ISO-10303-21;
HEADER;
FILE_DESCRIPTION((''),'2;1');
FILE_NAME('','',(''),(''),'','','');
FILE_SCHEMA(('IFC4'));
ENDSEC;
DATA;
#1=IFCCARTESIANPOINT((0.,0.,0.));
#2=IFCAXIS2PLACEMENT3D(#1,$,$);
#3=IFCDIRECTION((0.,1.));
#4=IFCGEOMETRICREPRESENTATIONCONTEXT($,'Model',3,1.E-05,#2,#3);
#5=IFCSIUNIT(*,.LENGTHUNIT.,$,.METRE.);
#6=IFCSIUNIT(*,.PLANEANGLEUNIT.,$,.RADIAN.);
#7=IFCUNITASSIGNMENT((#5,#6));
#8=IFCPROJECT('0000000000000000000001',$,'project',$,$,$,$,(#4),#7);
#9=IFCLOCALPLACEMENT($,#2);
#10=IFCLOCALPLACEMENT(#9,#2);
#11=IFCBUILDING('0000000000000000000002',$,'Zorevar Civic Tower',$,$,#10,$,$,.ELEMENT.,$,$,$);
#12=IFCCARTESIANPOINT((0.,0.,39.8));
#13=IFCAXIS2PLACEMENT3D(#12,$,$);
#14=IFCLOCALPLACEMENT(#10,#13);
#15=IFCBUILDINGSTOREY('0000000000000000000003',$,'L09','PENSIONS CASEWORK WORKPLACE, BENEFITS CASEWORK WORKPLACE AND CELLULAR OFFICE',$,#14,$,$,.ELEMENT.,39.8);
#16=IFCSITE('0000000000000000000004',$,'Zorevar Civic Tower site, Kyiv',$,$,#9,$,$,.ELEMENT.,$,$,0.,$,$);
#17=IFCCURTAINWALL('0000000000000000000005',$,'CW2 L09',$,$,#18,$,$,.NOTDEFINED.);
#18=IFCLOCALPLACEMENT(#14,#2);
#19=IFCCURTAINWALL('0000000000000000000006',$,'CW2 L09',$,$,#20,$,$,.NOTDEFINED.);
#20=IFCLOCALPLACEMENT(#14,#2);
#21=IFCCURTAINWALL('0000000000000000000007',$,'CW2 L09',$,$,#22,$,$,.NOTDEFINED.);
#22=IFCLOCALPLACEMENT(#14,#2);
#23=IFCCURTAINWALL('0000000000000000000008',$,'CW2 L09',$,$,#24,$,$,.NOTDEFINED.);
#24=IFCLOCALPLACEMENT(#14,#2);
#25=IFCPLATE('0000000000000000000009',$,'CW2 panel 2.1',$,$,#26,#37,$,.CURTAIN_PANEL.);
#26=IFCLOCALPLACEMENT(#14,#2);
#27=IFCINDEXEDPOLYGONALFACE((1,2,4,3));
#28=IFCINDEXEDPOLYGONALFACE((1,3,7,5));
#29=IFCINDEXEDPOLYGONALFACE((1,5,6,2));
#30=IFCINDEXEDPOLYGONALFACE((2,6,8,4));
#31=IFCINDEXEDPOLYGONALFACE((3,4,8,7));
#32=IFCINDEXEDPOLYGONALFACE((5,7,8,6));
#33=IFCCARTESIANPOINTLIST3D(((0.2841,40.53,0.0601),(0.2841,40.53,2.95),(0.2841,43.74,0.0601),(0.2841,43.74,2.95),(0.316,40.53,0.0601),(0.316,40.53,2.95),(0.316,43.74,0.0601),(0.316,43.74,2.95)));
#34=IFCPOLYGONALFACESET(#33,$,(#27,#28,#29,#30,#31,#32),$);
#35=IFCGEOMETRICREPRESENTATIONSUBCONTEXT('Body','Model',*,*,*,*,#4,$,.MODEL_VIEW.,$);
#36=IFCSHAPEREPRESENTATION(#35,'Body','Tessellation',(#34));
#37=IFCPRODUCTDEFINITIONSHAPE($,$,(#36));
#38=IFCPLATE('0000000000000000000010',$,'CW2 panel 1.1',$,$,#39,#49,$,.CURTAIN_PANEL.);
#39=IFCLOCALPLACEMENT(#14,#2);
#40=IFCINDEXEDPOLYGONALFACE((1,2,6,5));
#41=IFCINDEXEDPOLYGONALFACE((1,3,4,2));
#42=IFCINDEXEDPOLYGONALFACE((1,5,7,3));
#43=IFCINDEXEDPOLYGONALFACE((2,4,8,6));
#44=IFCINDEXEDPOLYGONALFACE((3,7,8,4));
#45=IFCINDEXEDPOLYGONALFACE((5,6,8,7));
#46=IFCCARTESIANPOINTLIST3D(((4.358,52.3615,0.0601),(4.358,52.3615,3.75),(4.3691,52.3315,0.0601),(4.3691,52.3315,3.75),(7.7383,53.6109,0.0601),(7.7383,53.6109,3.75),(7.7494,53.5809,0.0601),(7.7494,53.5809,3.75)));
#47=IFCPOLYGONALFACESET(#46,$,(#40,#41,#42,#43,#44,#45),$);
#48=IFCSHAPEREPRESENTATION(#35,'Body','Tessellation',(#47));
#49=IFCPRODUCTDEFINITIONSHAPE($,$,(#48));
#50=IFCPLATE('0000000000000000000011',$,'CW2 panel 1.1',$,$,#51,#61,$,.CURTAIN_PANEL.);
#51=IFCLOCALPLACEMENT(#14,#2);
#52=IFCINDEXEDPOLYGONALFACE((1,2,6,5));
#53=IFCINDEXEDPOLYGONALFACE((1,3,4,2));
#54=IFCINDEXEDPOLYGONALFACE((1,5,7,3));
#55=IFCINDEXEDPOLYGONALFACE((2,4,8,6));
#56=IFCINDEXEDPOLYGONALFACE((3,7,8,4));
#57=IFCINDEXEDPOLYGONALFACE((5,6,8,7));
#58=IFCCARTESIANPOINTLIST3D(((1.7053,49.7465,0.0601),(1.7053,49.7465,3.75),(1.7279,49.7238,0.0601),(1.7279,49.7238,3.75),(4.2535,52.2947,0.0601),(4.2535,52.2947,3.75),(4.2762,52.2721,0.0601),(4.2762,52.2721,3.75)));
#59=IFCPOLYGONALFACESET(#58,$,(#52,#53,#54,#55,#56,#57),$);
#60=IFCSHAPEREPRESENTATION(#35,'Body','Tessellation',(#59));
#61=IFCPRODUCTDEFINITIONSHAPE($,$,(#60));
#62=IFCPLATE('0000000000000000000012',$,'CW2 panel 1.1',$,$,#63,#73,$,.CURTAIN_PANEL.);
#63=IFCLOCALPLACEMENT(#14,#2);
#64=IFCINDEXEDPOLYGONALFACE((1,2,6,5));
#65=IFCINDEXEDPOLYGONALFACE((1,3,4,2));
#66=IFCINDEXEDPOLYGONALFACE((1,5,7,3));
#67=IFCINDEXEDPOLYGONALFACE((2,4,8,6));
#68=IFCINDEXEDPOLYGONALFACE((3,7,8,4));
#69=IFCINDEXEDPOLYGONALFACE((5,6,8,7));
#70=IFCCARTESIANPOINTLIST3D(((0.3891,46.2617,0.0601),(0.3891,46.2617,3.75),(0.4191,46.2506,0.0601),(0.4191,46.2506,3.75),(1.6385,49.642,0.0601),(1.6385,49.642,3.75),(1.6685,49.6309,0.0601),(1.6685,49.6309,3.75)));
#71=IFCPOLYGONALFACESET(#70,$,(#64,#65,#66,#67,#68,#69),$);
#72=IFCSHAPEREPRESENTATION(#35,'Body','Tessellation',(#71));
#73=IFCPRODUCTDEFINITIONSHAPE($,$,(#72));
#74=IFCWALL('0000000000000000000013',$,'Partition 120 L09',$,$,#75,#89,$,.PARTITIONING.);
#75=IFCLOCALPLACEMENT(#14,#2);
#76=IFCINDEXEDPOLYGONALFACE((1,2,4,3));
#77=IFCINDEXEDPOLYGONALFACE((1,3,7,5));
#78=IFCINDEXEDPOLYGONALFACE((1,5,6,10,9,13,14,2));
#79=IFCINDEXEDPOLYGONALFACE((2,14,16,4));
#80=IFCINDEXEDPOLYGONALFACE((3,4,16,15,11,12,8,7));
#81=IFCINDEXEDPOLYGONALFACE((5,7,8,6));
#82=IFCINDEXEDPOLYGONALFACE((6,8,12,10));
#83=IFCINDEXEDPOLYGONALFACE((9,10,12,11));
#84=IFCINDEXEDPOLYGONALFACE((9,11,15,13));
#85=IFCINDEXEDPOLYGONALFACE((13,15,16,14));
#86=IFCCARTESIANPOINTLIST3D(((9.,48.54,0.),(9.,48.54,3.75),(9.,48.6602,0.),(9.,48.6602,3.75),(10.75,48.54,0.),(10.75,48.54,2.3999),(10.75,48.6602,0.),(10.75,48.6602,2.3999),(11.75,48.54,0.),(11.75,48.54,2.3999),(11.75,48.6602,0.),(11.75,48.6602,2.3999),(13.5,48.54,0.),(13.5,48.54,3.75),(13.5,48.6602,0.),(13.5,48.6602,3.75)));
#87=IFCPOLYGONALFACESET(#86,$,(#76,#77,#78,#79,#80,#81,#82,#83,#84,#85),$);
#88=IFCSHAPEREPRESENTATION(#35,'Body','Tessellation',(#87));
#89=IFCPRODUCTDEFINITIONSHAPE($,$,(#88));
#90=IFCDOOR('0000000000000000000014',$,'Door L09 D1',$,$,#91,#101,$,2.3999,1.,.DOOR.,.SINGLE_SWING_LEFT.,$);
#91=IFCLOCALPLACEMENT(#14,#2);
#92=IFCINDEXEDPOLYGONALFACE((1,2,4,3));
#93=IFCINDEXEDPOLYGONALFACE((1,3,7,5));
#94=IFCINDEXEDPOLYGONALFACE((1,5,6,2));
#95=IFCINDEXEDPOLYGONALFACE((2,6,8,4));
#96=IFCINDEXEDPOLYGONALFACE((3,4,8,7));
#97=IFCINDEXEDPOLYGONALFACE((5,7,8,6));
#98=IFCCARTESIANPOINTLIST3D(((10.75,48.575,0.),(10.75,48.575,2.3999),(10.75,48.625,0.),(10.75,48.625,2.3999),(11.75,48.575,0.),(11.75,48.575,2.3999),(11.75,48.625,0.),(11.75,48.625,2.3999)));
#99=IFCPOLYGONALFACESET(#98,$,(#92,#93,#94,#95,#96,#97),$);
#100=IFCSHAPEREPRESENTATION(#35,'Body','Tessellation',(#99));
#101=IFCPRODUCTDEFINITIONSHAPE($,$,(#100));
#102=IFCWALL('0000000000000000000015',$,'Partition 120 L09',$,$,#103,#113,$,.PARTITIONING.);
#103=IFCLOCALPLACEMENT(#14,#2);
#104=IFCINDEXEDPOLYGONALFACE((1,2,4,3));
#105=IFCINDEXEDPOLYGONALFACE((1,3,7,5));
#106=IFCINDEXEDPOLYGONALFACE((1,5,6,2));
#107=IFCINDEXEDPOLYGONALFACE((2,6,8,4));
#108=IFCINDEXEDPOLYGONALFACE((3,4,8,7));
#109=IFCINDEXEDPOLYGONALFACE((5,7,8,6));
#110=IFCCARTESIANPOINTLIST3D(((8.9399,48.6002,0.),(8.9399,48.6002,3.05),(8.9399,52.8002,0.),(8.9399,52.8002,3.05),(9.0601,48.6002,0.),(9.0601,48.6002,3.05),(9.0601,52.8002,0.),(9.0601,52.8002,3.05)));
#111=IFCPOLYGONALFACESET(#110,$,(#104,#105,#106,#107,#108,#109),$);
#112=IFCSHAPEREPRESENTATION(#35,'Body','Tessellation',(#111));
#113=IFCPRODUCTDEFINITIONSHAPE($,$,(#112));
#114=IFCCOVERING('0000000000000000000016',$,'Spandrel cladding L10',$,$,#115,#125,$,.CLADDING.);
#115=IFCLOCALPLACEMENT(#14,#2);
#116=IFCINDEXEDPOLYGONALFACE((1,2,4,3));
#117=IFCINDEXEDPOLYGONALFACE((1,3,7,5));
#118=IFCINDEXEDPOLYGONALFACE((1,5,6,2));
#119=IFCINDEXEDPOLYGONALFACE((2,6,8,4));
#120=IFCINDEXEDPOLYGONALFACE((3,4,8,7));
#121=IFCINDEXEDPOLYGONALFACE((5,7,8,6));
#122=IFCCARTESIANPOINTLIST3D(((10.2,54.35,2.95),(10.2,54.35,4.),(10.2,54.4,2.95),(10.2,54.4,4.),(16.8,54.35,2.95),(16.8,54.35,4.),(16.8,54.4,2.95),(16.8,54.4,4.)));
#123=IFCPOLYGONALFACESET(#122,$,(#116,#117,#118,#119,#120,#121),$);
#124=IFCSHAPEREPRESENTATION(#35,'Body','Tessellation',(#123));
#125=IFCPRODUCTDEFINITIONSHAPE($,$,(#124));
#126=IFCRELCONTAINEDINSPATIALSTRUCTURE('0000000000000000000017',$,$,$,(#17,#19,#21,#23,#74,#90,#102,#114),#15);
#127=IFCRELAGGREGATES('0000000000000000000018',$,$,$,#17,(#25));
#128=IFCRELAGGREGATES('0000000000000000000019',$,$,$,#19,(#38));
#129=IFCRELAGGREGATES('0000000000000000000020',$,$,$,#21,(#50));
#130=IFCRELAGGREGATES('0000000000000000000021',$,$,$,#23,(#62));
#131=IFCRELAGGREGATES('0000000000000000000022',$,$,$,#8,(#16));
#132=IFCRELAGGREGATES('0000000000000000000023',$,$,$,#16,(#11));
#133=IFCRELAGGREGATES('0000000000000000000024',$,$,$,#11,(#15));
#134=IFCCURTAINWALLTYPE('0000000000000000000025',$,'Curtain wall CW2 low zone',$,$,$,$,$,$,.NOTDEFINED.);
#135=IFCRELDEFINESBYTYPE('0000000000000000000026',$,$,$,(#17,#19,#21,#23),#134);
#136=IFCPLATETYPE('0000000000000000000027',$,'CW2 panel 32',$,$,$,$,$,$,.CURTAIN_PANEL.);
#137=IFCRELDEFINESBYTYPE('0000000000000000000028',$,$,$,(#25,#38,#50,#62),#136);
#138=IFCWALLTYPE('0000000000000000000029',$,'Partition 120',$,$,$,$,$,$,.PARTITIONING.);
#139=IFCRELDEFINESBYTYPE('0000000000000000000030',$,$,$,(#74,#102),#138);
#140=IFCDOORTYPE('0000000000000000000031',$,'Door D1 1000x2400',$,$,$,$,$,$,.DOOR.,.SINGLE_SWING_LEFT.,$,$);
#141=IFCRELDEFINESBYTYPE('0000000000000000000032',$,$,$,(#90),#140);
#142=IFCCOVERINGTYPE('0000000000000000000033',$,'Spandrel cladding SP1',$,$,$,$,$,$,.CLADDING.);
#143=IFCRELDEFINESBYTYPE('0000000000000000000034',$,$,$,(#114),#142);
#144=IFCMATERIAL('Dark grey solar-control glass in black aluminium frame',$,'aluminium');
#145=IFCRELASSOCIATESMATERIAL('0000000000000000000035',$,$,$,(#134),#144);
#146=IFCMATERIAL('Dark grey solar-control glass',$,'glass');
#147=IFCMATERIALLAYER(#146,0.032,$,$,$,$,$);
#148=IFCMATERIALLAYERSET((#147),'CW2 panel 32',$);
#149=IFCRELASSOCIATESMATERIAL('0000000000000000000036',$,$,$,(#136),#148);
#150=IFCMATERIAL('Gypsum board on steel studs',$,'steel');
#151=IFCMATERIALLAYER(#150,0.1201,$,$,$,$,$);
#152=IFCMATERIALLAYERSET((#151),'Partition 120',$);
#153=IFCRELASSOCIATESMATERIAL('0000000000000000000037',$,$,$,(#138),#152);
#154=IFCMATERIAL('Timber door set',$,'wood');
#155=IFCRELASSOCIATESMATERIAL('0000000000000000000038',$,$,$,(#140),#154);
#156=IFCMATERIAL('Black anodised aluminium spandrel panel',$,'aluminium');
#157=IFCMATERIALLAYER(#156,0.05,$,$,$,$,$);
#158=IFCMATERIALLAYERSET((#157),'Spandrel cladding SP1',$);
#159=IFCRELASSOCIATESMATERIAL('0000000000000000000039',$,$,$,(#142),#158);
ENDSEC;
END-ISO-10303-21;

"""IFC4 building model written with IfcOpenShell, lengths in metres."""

from ifc_helpers import new_model, si_unit, direction, frame, frame_2d, origin, origin_2d, place, context, subcontext, project, spatial, rectangle, extrude, material, layer, layer_set, type_object, element, fill, aggregate, save


model = new_model("IFC4")

# Units and contexts
model_context = context("Model", 3, precision=1e-05, world=origin(), true_north=direction((0.0, 1.0)))
body_context = subcontext(model_context, "Body", "Model", "MODEL_VIEW")
ifc_project = project(units=[si_unit("LENGTHUNIT", "METRE"), si_unit("PLANEANGLEUNIT", "RADIAN")], contexts=[model_context])

# Site, building, storey
site_placement = place(None, origin())
site = spatial("IfcSite", under=ifc_project, at=site_placement, Name="Zorevar Civic Tower site, Kyiv", CompositionType="ELEMENT", RefElevation=0.0)
building_placement = place(site_placement, origin())
building = spatial("IfcBuilding", under=site, at=building_placement, Name="Zorevar Civic Tower", CompositionType="ELEMENT")
storey_placement = place(building_placement, frame((0.0, 0.0, 39.8)))
storey = spatial("IfcBuildingStorey", under=building, at=storey_placement, Name="L09", Description="PENSIONS CASEWORK WORKPLACE, BENEFITS CASEWORK WORKPLACE AND CELLULAR OFFICE", CompositionType="ELEMENT", Elevation=39.8)

# Shared definitions
ifc_material_1 = material(Name="Dark grey solar-control glass in black aluminium frame", Category="aluminium")
curtain_wall_type = type_object("IfcCurtainWallType", Name="Curtain wall CW2 low zone", PredefinedType="NOTDEFINED", material=ifc_material_1)

# Curtain walls
curtain_wall_1_placement = place(storey_placement, origin())
curtain_wall_1 = element("IfcCurtainWall", 1, at=curtain_wall_1_placement, inside=storey, type_object=curtain_wall_type, Name="CW2 L09", PredefinedType="NOTDEFINED")
curtain_wall_2_placement = place(storey_placement, origin())
curtain_wall_2 = element("IfcCurtainWall", 2, at=curtain_wall_2_placement, inside=storey, type_object=curtain_wall_type, Name="CW2 L09", PredefinedType="NOTDEFINED")
curtain_wall_3_placement = place(storey_placement, origin())
curtain_wall_3 = element("IfcCurtainWall", 3, at=curtain_wall_3_placement, inside=storey, type_object=curtain_wall_type, Name="CW2 L09", PredefinedType="NOTDEFINED")
curtain_wall_4_placement = place(storey_placement, origin())
curtain_wall_4 = element("IfcCurtainWall", 4, at=curtain_wall_4_placement, inside=storey, type_object=curtain_wall_type, Name="CW2 L09", PredefinedType="NOTDEFINED")

# Plates
ifc_material_2 = material(Name="Dark grey solar-control glass", Category="glass")
ifc_layer_1 = layer(ifc_material_2, 0.032)
ifc_layer_set_1 = layer_set([ifc_layer_1], Name="CW2 panel 32")
plate_type = type_object("IfcPlateType", Name="CW2 panel 32", PredefinedType="CURTAIN_PANEL", material=ifc_layer_set_1)
plate_1_placement = place(storey_placement, frame((0.3, 42.135, 0.0601), z_axis=(0.0, 0.0, 1.0), x_axis=(0.0, 1.0, 0.0)))
plate_1 = element("IfcPlate", 5, at=plate_1_placement, type_object=plate_type, Name="CW2 panel 2.1", PredefinedType="CURTAIN_PANEL", context=body_context, shape_type="SweptSolid", body=[
    extrude(rectangle(XDim=3.21, YDim=0.032, at=origin_2d()), origin(), (0.0, 0.0, 1.0), 2.8899),
])
aggregate(curtain_wall_1, [plate_1])
plate_2_placement = place(storey_placement, frame((6.0537, 52.9712, 0.0601), z_axis=(0.0, 0.0, 1.0), x_axis=(-0.937975, -0.346704, 0.0)))
plate_2 = element("IfcPlate", 6, at=plate_2_placement, type_object=plate_type, Name="CW2 panel 1.1", PredefinedType="CURTAIN_PANEL", context=body_context, shape_type="SweptSolid", body=[
    extrude(rectangle(XDim=3.6038, YDim=0.032, at=origin_2d()), origin(), (0.0, 0.0, 1.0), 3.6899),
])
aggregate(curtain_wall_2, [plate_2])
plate_3_placement = place(storey_placement, frame((2.9907, 51.0093, 0.0601), z_axis=(0.0, 0.0, 1.0), x_axis=(-0.707107, -0.707107, 0.0)))
plate_3 = element("IfcPlate", 7, at=plate_3_placement, type_object=plate_type, Name="CW2 panel 1.1", PredefinedType="CURTAIN_PANEL", context=body_context, shape_type="SweptSolid", body=[
    extrude(rectangle(XDim=3.6038, YDim=0.032, at=origin_2d()), origin(), (0.0, 0.0, 1.0), 3.6899),
])
aggregate(curtain_wall_3, [plate_3])
plate_4_placement = place(storey_placement, frame((1.0288, 47.9463, 0.0601), z_axis=(0.0, 0.0, 1.0), x_axis=(-0.346704, -0.937975, 0.0)))
plate_4 = element("IfcPlate", 8, at=plate_4_placement, type_object=plate_type, Name="CW2 panel 1.1", PredefinedType="CURTAIN_PANEL", context=body_context, shape_type="SweptSolid", body=[
    extrude(rectangle(XDim=3.6038, YDim=0.032, at=origin_2d()), origin(), (0.0, 0.0, 1.0), 3.6899),
])
aggregate(curtain_wall_4, [plate_4])

# Wall, opening, door
ifc_material_3 = material(Name="Gypsum board on steel studs", Category="steel")
ifc_layer_2 = layer(ifc_material_3, 0.1201)
ifc_layer_set_2 = layer_set([ifc_layer_2], Name="Partition 120")
wall_type = type_object("IfcWallType", Name="Partition 120", PredefinedType="PARTITIONING", material=ifc_layer_set_2)
wall_1_placement = place(storey_placement, frame((9.0, 48.6001, 0.0), z_axis=(0.0, 0.0, 1.0), x_axis=(1.0, 0.0, 0.0)))
wall_1 = element("IfcWall", 9, at=wall_1_placement, inside=storey, type_object=wall_type, Name="Partition 120 L09", PredefinedType="PARTITIONING", context=body_context, shape_type="SweptSolid", body=[
    extrude(rectangle(XDim=4.5, YDim=0.1201, at=frame_2d((2.25, 0.0))), origin(), (0.0, 0.0, 1.0), 3.75),
])
opening_placement = place(wall_1_placement, frame((1.75, 0.0, 0.0)))
opening = element("IfcOpeningElement", 10, at=opening_placement, cuts=wall_1, PredefinedType="OPENING", context=body_context, shape_type="SweptSolid", body=[
    extrude(rectangle(XDim=1.0, YDim=2.3999, at=frame_2d((0.5, 1.2))), frame((0.0, 0.0701, 0.0), z_axis=(0.0, -1.0, 0.0), x_axis=(1.0, 0.0, 0.0)), (0.0, 0.0, 1.0), 0.1401),
])
ifc_material_4 = material(Name="Timber door set", Category="wood")
door_type = type_object("IfcDoorType", Name="Door D1 1000x2400", OperationType="SINGLE_SWING_LEFT", PredefinedType="DOOR", material=ifc_material_4)
door_placement = place(opening_placement, origin())
door = element("IfcDoor", 11, at=door_placement, inside=storey, type_object=door_type, Name="Door L09 D1", OperationType="SINGLE_SWING_LEFT", OverallHeight=2.3999, OverallWidth=1.0, PredefinedType="DOOR", context=body_context, shape_type="SweptSolid", body=[
    extrude(rectangle(XDim=1.0, YDim=2.3999, at=frame_2d((0.5, 1.2))), frame((0.0, 0.0249, 0.0), z_axis=(0.0, -1.0, 0.0), x_axis=(1.0, 0.0, 0.0)), (0.0, 0.0, 1.0), 0.05),
])
fill(opening, door)

# Wall
wall_2_placement = place(storey_placement, frame((9.0, 48.6001, 0.0), z_axis=(0.0, 0.0, 1.0), x_axis=(0.0, 1.0, 0.0)))
element("IfcWall", 12, at=wall_2_placement, inside=storey, type_object=wall_type, Name="Partition 120 L09", PredefinedType="PARTITIONING", context=body_context, shape_type="SweptSolid", body=[
    extrude(rectangle(XDim=4.2, YDim=0.1201, at=frame_2d((2.1001, 0.0))), origin(), (0.0, 0.0, 1.0), 3.05),
])

# Covering
ifc_material_5 = material(Name="Black anodised aluminium spandrel panel", Category="aluminium")
ifc_layer_3 = layer(ifc_material_5, 0.05)
ifc_layer_set_3 = layer_set([ifc_layer_3], Name="Spandrel cladding SP1")
covering_type = type_object("IfcCoveringType", Name="Spandrel cladding SP1", PredefinedType="CLADDING", material=ifc_layer_set_3)
covering_placement = place(storey_placement, frame((10.2, 54.375, 2.95), z_axis=(0.0, 0.0, 1.0), x_axis=(1.0, 0.0, 0.0)))
element("IfcCovering", 13, at=covering_placement, inside=storey, type_object=covering_type, Name="Spandrel cladding L10", PredefinedType="CLADDING", context=body_context, shape_type="SweptSolid", body=[
    extrude(rectangle(XDim=6.6001, YDim=0.05, at=frame_2d((3.3, 0.0))), origin(), (0.0, 0.0, 1.0), 1.05),
])

save(model, "model.ifc")
